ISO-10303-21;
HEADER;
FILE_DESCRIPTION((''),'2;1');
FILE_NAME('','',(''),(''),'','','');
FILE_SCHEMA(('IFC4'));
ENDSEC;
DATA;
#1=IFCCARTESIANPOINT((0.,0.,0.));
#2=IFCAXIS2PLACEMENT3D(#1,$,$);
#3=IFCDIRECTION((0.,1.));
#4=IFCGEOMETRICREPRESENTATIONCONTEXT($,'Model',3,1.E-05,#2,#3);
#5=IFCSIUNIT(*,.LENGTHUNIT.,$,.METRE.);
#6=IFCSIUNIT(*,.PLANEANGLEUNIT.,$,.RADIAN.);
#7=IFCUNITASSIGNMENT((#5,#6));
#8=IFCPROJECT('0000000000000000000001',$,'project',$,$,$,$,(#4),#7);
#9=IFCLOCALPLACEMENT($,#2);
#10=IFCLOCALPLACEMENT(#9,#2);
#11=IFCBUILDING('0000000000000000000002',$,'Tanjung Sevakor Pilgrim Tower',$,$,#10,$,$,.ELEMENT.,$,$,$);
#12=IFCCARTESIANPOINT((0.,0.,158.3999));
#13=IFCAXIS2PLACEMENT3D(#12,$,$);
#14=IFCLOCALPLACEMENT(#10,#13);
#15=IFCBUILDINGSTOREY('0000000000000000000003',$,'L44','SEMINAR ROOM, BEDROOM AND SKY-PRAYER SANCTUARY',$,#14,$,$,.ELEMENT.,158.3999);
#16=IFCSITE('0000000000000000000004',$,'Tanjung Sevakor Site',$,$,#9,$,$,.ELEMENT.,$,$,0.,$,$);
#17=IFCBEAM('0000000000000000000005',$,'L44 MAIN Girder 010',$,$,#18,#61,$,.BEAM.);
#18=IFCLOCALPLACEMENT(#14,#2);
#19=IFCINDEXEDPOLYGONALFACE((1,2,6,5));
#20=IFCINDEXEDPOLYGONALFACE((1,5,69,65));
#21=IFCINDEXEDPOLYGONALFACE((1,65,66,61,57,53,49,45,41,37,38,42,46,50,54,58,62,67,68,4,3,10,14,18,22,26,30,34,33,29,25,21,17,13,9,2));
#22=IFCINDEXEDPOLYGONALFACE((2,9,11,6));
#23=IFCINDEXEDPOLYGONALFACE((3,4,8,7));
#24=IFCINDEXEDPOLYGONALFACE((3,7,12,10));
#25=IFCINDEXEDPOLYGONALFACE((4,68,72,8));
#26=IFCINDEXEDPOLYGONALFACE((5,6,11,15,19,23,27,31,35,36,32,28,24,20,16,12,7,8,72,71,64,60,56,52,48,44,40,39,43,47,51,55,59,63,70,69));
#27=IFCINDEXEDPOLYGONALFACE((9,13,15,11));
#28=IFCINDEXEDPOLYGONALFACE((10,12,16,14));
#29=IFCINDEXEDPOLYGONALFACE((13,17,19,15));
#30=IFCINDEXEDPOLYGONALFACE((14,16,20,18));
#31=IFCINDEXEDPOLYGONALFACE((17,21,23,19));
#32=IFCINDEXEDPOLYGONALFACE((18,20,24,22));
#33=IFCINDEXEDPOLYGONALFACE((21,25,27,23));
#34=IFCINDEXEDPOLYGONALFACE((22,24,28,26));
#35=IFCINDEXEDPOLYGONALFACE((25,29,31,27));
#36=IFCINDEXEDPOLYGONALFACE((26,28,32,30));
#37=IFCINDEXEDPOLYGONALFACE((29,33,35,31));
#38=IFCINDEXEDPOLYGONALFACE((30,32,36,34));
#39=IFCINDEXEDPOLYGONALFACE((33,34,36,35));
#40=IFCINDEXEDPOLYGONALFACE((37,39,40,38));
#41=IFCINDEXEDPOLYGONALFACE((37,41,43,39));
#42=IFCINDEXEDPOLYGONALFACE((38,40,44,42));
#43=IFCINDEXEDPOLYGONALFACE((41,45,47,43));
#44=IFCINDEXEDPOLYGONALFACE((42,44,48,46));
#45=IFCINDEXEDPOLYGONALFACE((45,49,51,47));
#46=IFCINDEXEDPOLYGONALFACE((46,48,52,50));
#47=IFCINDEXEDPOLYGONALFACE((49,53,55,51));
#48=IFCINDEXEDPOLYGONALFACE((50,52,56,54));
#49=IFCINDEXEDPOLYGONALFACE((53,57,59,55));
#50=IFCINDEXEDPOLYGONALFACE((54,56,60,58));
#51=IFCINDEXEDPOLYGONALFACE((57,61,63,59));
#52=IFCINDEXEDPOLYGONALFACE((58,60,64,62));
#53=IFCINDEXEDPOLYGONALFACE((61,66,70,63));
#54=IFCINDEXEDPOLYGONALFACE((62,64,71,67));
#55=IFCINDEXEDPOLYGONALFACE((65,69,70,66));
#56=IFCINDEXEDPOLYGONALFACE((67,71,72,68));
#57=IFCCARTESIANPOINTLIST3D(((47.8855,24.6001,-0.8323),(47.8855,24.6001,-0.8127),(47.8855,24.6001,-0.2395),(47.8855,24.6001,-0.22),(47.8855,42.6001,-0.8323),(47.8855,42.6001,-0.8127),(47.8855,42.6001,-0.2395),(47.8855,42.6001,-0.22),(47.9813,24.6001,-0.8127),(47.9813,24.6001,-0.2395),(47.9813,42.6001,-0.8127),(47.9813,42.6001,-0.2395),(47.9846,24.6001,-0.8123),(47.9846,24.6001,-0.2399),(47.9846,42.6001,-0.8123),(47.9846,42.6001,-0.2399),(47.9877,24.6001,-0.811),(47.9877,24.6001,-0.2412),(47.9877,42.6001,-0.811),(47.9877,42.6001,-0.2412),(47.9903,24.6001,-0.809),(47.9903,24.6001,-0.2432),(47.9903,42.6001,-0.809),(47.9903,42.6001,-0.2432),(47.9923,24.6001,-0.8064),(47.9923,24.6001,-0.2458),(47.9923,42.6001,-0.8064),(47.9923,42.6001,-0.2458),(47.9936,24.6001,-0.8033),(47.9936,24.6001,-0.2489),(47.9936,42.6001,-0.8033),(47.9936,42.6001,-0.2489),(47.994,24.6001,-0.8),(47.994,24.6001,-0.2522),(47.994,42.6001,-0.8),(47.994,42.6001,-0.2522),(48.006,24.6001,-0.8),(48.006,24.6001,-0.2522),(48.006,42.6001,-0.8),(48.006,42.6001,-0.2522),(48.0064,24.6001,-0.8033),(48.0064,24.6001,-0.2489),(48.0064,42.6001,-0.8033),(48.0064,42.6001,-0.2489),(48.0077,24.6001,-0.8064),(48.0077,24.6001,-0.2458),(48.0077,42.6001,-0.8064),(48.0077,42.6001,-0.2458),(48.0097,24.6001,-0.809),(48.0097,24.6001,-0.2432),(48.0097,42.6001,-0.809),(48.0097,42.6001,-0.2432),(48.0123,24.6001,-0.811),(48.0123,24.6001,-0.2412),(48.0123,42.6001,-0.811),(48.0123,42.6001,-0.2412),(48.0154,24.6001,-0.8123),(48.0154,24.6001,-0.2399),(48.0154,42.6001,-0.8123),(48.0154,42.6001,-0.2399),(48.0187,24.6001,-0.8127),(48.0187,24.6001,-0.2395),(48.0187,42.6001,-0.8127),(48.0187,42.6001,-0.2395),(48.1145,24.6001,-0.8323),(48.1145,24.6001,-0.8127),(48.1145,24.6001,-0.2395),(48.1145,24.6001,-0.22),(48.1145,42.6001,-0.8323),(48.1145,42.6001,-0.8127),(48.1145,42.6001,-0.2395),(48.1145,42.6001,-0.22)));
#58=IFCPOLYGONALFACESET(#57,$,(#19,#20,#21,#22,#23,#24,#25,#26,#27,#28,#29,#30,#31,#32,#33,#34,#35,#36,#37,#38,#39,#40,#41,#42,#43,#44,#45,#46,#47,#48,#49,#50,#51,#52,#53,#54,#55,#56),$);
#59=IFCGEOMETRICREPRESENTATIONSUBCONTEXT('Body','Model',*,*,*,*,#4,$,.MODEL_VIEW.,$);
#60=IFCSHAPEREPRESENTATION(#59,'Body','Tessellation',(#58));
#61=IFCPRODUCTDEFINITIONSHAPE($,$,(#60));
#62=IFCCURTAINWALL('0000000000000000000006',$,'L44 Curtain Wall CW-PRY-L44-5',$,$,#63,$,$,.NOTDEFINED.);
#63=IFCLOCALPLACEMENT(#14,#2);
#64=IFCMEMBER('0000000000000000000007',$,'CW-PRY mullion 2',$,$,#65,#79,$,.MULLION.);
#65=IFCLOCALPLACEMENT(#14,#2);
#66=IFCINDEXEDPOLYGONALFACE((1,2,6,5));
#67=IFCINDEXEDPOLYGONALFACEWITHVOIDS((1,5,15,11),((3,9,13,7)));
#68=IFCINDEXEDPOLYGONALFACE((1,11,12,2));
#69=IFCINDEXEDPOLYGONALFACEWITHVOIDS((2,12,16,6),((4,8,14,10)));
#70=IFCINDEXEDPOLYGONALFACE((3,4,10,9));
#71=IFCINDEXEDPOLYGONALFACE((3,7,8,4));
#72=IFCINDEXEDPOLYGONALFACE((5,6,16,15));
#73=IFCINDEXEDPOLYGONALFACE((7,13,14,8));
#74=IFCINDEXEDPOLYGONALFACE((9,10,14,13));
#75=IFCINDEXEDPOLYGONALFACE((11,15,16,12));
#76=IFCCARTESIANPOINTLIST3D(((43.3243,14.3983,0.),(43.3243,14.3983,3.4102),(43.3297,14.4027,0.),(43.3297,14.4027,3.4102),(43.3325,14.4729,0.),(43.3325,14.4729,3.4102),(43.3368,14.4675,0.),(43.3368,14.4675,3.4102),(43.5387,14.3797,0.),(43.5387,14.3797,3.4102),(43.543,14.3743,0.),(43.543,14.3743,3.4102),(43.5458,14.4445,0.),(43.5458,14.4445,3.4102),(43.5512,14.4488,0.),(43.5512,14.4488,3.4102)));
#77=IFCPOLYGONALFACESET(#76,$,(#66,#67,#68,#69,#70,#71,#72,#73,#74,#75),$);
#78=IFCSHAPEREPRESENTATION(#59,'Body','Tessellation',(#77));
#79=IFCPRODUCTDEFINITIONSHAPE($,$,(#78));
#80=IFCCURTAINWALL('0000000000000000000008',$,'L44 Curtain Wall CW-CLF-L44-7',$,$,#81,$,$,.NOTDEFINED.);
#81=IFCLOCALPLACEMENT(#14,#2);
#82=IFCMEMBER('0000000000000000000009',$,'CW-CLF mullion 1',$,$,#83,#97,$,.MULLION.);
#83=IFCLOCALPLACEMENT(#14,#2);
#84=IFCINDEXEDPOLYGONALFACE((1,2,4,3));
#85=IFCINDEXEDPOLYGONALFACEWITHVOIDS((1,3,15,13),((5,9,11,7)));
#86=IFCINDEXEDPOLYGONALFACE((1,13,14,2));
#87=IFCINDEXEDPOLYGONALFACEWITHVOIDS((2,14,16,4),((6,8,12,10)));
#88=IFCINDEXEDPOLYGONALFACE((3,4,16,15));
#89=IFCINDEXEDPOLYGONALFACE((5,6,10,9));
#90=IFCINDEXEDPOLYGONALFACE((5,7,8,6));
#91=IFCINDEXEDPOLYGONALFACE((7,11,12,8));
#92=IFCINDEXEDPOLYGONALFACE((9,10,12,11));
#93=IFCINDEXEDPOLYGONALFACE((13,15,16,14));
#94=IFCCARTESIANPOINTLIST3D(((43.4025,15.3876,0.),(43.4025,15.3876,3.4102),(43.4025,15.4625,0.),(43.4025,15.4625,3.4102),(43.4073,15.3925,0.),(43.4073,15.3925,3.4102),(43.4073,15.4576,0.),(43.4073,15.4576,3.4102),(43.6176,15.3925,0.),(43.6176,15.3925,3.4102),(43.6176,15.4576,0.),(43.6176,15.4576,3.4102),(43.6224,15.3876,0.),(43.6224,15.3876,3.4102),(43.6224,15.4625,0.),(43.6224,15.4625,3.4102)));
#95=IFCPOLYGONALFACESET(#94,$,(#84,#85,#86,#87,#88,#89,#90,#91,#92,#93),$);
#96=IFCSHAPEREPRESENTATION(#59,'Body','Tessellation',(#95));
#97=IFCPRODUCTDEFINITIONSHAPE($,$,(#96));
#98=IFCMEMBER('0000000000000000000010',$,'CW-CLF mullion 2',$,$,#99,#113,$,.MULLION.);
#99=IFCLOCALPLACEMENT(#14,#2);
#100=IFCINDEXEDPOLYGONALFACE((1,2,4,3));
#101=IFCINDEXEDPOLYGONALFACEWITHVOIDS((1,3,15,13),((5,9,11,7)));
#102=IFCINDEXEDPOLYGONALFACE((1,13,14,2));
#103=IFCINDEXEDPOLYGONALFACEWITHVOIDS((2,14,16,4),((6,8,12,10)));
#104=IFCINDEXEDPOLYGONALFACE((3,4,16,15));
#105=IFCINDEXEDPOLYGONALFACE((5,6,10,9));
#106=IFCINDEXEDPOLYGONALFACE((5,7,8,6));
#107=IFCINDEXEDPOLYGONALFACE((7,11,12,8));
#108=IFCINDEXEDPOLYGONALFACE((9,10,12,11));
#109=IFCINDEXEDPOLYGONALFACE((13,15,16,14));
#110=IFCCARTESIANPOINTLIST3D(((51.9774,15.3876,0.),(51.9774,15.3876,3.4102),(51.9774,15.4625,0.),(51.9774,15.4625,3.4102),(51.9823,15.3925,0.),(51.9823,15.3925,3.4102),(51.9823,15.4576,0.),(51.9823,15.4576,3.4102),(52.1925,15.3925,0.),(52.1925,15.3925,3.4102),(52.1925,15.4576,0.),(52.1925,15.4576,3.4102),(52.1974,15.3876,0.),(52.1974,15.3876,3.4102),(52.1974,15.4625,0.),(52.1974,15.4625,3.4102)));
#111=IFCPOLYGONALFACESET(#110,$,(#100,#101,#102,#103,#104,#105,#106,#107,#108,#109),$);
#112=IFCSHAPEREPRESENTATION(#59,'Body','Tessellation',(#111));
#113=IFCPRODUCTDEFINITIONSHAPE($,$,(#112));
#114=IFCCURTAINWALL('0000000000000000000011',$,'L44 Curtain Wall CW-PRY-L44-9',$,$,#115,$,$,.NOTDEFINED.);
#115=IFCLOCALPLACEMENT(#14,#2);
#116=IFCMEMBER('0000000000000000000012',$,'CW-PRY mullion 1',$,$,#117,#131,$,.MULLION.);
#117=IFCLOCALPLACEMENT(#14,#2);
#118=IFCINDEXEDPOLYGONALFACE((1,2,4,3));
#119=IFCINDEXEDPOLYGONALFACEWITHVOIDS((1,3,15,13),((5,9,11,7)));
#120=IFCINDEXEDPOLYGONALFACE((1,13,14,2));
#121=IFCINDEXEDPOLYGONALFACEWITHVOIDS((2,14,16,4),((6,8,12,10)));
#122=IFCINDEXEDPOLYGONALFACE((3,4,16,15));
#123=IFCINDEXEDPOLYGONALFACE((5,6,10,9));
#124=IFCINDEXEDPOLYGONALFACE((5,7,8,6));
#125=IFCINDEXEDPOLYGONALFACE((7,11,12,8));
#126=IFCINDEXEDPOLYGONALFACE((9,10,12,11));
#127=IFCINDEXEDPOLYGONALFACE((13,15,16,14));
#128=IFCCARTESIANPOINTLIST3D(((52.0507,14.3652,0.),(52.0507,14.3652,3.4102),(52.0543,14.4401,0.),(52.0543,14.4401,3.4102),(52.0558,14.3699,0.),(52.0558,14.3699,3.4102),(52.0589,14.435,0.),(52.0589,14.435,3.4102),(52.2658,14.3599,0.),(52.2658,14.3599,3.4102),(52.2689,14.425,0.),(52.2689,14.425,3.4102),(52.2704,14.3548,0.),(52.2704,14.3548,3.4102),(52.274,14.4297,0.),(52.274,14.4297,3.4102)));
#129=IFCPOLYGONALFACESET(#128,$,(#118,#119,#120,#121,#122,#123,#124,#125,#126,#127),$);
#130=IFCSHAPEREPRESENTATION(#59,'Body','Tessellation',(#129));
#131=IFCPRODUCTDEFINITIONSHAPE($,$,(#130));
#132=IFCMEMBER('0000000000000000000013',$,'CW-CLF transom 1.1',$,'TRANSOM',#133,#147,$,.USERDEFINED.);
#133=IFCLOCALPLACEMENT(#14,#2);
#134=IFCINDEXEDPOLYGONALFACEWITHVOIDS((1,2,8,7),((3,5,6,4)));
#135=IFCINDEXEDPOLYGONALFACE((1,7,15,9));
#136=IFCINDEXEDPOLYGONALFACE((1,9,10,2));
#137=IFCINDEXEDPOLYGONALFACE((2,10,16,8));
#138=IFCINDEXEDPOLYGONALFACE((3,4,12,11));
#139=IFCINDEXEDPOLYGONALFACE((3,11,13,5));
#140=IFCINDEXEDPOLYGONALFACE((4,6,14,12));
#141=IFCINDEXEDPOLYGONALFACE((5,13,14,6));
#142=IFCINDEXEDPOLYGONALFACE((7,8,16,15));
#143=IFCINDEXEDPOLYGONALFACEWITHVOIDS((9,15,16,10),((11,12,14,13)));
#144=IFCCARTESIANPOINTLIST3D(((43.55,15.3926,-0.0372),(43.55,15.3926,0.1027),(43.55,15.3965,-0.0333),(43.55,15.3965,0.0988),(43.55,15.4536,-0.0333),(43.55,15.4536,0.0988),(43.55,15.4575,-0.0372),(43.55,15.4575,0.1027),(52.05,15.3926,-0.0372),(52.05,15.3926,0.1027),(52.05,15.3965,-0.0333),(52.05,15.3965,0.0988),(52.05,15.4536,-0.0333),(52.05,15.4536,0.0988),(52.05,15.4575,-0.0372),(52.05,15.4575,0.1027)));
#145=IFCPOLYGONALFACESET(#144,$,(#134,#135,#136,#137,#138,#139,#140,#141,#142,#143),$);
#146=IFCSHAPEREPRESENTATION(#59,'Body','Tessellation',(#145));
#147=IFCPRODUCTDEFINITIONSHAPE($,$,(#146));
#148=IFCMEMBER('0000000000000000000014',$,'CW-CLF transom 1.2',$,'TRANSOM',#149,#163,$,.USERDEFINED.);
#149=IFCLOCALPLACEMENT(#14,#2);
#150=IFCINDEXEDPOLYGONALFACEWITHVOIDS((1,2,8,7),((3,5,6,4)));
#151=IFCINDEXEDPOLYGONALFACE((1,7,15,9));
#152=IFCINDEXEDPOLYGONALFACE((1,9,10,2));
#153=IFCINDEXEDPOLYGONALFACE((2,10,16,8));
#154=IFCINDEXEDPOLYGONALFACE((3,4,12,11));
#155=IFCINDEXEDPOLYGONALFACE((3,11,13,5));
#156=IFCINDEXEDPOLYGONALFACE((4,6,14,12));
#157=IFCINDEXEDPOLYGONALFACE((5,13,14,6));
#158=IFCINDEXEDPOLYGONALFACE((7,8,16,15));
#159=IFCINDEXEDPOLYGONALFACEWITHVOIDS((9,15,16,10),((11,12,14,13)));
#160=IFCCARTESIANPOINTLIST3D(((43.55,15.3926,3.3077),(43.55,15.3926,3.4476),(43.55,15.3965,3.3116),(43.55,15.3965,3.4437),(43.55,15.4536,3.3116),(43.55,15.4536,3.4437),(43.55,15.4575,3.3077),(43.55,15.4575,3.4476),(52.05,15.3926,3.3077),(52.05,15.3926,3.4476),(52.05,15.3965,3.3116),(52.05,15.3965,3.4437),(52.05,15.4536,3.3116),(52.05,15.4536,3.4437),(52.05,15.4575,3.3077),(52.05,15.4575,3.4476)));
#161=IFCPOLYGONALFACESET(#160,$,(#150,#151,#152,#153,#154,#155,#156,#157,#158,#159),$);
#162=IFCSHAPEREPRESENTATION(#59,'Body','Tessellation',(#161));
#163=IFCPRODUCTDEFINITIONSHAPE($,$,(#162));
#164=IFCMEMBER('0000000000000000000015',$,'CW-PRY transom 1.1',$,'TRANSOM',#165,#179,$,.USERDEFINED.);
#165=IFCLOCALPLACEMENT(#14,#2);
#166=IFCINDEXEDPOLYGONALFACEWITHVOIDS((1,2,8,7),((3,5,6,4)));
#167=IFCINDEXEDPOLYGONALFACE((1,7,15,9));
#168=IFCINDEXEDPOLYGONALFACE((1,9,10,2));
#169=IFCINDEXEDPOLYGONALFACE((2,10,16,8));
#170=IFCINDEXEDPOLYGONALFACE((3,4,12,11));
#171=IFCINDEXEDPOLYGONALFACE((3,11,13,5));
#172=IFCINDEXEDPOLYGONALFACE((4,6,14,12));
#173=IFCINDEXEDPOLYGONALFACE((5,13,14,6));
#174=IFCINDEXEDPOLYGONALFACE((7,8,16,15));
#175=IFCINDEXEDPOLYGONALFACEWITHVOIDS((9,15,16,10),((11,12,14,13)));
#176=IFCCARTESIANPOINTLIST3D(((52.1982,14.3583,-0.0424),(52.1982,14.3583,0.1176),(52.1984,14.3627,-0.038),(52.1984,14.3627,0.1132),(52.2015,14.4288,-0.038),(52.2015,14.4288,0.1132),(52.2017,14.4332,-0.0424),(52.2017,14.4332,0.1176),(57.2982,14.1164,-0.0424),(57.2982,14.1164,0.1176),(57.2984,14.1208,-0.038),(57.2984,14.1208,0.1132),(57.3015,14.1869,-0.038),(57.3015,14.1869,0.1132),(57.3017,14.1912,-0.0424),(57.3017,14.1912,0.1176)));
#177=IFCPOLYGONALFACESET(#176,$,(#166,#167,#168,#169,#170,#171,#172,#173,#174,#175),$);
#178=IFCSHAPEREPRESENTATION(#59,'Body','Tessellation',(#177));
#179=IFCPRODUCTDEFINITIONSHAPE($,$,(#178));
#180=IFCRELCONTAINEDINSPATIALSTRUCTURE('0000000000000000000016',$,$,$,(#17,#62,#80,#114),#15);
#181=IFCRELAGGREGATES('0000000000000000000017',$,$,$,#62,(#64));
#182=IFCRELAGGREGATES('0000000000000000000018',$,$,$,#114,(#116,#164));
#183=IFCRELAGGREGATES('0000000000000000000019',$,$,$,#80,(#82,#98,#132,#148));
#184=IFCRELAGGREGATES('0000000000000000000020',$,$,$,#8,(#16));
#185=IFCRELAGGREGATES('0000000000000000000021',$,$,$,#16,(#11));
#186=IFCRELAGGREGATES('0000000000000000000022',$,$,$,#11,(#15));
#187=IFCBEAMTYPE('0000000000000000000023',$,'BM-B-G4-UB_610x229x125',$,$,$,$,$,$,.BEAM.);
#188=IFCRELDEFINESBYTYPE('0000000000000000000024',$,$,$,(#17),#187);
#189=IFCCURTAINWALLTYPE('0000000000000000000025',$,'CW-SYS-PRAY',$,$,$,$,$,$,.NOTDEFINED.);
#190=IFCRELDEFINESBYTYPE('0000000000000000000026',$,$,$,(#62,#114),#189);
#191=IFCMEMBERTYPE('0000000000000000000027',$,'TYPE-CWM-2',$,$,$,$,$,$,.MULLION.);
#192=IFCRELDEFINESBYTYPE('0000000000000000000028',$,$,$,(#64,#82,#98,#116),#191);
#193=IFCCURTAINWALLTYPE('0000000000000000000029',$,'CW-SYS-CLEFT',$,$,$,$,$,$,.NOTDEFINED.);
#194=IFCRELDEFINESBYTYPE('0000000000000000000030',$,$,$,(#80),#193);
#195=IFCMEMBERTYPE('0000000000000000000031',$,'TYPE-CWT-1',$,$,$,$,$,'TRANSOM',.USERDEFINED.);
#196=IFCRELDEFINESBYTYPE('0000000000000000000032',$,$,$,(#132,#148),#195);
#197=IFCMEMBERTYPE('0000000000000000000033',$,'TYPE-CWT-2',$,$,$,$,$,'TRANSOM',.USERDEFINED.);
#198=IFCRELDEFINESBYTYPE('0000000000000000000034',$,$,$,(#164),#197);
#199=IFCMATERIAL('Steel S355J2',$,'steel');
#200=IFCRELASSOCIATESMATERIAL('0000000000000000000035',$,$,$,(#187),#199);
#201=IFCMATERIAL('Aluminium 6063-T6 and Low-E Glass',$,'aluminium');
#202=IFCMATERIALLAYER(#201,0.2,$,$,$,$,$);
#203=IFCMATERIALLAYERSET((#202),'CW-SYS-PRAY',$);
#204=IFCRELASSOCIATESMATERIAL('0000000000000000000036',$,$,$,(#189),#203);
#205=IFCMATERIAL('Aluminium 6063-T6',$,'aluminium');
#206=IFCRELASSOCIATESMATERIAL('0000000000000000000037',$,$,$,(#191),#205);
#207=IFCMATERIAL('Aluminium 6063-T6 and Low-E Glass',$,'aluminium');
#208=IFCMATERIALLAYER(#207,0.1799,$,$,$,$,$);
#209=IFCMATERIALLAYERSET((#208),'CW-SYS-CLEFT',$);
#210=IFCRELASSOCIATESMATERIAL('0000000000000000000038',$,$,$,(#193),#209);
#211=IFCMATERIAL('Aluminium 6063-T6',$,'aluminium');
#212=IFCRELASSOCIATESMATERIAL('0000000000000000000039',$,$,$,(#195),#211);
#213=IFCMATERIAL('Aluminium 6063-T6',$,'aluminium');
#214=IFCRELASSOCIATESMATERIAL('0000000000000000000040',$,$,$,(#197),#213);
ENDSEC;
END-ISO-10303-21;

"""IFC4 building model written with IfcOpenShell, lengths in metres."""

from ifc_helpers import new_model, si_unit, direction, frame, origin, origin_2d, place, context, subcontext, project, spatial, hollow_rectangle, i_section, extrude, material, layer, layer_set, material_profile, profile_set, type_object, element, aggregate, save


model = new_model("IFC4")

# Units and contexts
model_context = context("Model", 3, precision=1e-05, world=origin(), true_north=direction((0.0, 1.0)))
body_context = subcontext(model_context, "Body", "Model", "MODEL_VIEW")
ifc_project = project(units=[si_unit("LENGTHUNIT", "METRE"), si_unit("PLANEANGLEUNIT", "RADIAN")], contexts=[model_context])

# Site, building, storey
site_placement = place(None, origin())
site = spatial("IfcSite", under=ifc_project, at=site_placement, Name="Tanjung Sevakor Site", CompositionType="ELEMENT", RefElevation=0.0)
building_placement = place(site_placement, origin())
building = spatial("IfcBuilding", under=site, at=building_placement, Name="Tanjung Sevakor Pilgrim Tower", CompositionType="ELEMENT")
storey_placement = place(building_placement, frame((0.0, 0.0, 158.3999)))
storey = spatial("IfcBuildingStorey", under=building, at=storey_placement, Name="L44", Description="SEMINAR ROOM, BEDROOM AND SKY-PRAYER SANCTUARY", CompositionType="ELEMENT", Elevation=158.3999)

# Beam
ifc_material_1 = material(Name="Steel S355J2", Category="steel")
ifc_material_profile_1 = material_profile(ifc_material_1, i_section(OverallWidth=0.229, OverallDepth=0.6123, WebThickness=0.012, FlangeThickness=0.0195, FilletRadius=0.0127, at=origin_2d()))
ifc_profile_set_1 = profile_set([ifc_material_profile_1], Name="Steel S355J2")
beam_type_1 = type_object("IfcBeamType", Name="BM-B-G4-UB_610x229x125", PredefinedType="BEAM", material=ifc_profile_set_1)
for number, where, z_axis, x_axis, name in (
    (1, (48.0, 24.6001, -0.5261), (0.0, 1.0, 0.0), (-1.0, 0.0, 0.0), "L44 MAIN Girder 010"),
):
    element("IfcBeam", number, at=place(storey_placement, frame(where, z_axis=z_axis, x_axis=x_axis)), inside=storey, type_object=beam_type_1, Name=name, PredefinedType="BEAM", context=body_context, shape_type="SweptSolid", body=[
        extrude(i_section(OverallWidth=0.229, OverallDepth=0.6123, WebThickness=0.012, FlangeThickness=0.0195, FilletRadius=0.0127, at=origin_2d()), origin(), (0.0, 0.0, 1.0), 18.0),
    ])

# Curtain wall, member
ifc_material_2 = material(Name="Aluminium 6063-T6 and Low-E Glass", Category="aluminium")
ifc_layer_1 = layer(ifc_material_2, 0.2)
ifc_layer_set_1 = layer_set([ifc_layer_1], Name="CW-SYS-PRAY")
curtain_wall_type_1 = type_object("IfcCurtainWallType", Name="CW-SYS-PRAY", PredefinedType="NOTDEFINED", material=ifc_layer_set_1)
curtain_wall_1_placement = place(storey_placement, origin())
curtain_wall_1 = element("IfcCurtainWall", 2, at=curtain_wall_1_placement, inside=storey, type_object=curtain_wall_type_1, Name="L44 Curtain Wall CW-PRY-L44-5", PredefinedType="NOTDEFINED")
ifc_material_3 = material(Name="Aluminium 6063-T6", Category="aluminium")
ifc_material_profile_2 = material_profile(ifc_material_3, hollow_rectangle(XDim=0.075, YDim=0.22, WallThickness=0.0049, at=origin_2d()))
ifc_profile_set_2 = profile_set([ifc_material_profile_2], Name="Aluminium 6063-T6")
member_type_1 = type_object("IfcMemberType", Name="TYPE-CWM-2", PredefinedType="MULLION", material=ifc_profile_set_2)
member_1_placement = place(storey_placement, frame((43.4377, 14.4236, 0.0), z_axis=(0.0, 0.0, 1.0), x_axis=(0.109241, 0.994015, 0.0)))
member_1 = element("IfcMember", 3, at=member_1_placement, type_object=member_type_1, Name="CW-PRY mullion 2", PredefinedType="MULLION", context=body_context, shape_type="SweptSolid", body=[
    extrude(hollow_rectangle(XDim=0.075, YDim=0.22, WallThickness=0.0049, at=origin_2d()), origin(), (0.0, 0.0, 1.0), 3.4102),
])
aggregate(curtain_wall_1, [member_1])

# Curtain wall, members
ifc_material_4 = material(Name="Aluminium 6063-T6 and Low-E Glass", Category="aluminium")
ifc_layer_2 = layer(ifc_material_4, 0.1799)
ifc_layer_set_2 = layer_set([ifc_layer_2], Name="CW-SYS-CLEFT")
curtain_wall_type_2 = type_object("IfcCurtainWallType", Name="CW-SYS-CLEFT", PredefinedType="NOTDEFINED", material=ifc_layer_set_2)
curtain_wall_2_placement = place(storey_placement, origin())
curtain_wall_2 = element("IfcCurtainWall", 4, at=curtain_wall_2_placement, inside=storey, type_object=curtain_wall_type_2, Name="L44 Curtain Wall CW-CLF-L44-7", PredefinedType="NOTDEFINED")
member_2_placement = place(storey_placement, frame((43.5125, 15.425, 0.0), z_axis=(0.0, 0.0, 1.0), x_axis=(0.0, 1.0, 0.0)))
member_2 = element("IfcMember", 5, at=member_2_placement, type_object=member_type_1, Name="CW-CLF mullion 1", PredefinedType="MULLION", context=body_context, shape_type="SweptSolid", body=[
    extrude(hollow_rectangle(XDim=0.075, YDim=0.22, WallThickness=0.0049, at=origin_2d()), origin(), (0.0, 0.0, 1.0), 3.4102),
])
member_3_placement = place(storey_placement, frame((52.0874, 15.425, 0.0), z_axis=(0.0, 0.0, 1.0), x_axis=(0.0, 1.0, 0.0)))
member_3 = element("IfcMember", 6, at=member_3_placement, type_object=member_type_1, Name="CW-CLF mullion 2", PredefinedType="MULLION", context=body_context, shape_type="SweptSolid", body=[
    extrude(hollow_rectangle(XDim=0.075, YDim=0.22, WallThickness=0.0049, at=origin_2d()), origin(), (0.0, 0.0, 1.0), 3.4102),
])

# Curtain wall, member
curtain_wall_3_placement = place(storey_placement, origin())
curtain_wall_3 = element("IfcCurtainWall", 7, at=curtain_wall_3_placement, inside=storey, type_object=curtain_wall_type_1, Name="L44 Curtain Wall CW-PRY-L44-9", PredefinedType="NOTDEFINED")
member_4_placement = place(storey_placement, frame((52.1624, 14.3975, 0.0), z_axis=(0.0, 0.0, 1.0), x_axis=(0.047343, 0.998879, 0.0)))
member_4 = element("IfcMember", 8, at=member_4_placement, type_object=member_type_1, Name="CW-PRY mullion 1", PredefinedType="MULLION", context=body_context, shape_type="SweptSolid", body=[
    extrude(hollow_rectangle(XDim=0.075, YDim=0.22, WallThickness=0.0049, at=origin_2d()), origin(), (0.0, 0.0, 1.0), 3.4102),
])

# Members
ifc_material_5 = material(Name="Aluminium 6063-T6", Category="aluminium")
ifc_material_profile_3 = material_profile(ifc_material_5, hollow_rectangle(XDim=0.0649, YDim=0.1399, WallThickness=0.0039, at=origin_2d()))
ifc_profile_set_3 = profile_set([ifc_material_profile_3], Name="Aluminium 6063-T6")
member_type_2 = type_object("IfcMemberType", Name="TYPE-CWT-1", ElementType="TRANSOM", PredefinedType="USERDEFINED", material=ifc_profile_set_3)
member_5_placement = place(storey_placement, frame((43.55, 15.425, 0.0327), z_axis=(1.0, 0.0, 0.0), x_axis=(0.0, 1.0, 0.0)))
member_5 = element("IfcMember", 9, at=member_5_placement, type_object=member_type_2, Name="CW-CLF transom 1.1", ObjectType="TRANSOM", PredefinedType="USERDEFINED", context=body_context, shape_type="SweptSolid", body=[
    extrude(hollow_rectangle(XDim=0.0649, YDim=0.1399, WallThickness=0.0039, at=origin_2d()), origin(), (0.0, 0.0, 1.0), 8.5),
])
member_6_placement = place(storey_placement, frame((43.55, 15.425, 3.3777), z_axis=(1.0, 0.0, 0.0), x_axis=(0.0, 1.0, 0.0)))
member_6 = element("IfcMember", 10, at=member_6_placement, type_object=member_type_2, Name="CW-CLF transom 1.2", ObjectType="TRANSOM", PredefinedType="USERDEFINED", context=body_context, shape_type="SweptSolid", body=[
    extrude(hollow_rectangle(XDim=0.0649, YDim=0.1399, WallThickness=0.0039, at=origin_2d()), origin(), (0.0, 0.0, 1.0), 8.5),
])
ifc_material_6 = material(Name="Aluminium 6063-T6", Category="aluminium")
ifc_material_profile_4 = material_profile(ifc_material_6, hollow_rectangle(XDim=0.075, YDim=0.1599, WallThickness=0.0044, at=origin_2d()))
ifc_profile_set_4 = profile_set([ifc_material_profile_4], Name="Aluminium 6063-T6")
member_type_3 = type_object("IfcMemberType", Name="TYPE-CWT-2", ElementType="TRANSOM", PredefinedType="USERDEFINED", material=ifc_profile_set_4)
member_7_placement = place(storey_placement, frame((52.2, 14.3958, 0.0376), z_axis=(0.998877, -0.047386, 0.0), x_axis=(0.047386, 0.998877, 0.0)))
member_7 = element("IfcMember", 11, at=member_7_placement, type_object=member_type_3, Name="CW-PRY transom 1.1", ObjectType="TRANSOM", PredefinedType="USERDEFINED", context=body_context, shape_type="SweptSolid", body=[
    extrude(hollow_rectangle(XDim=0.075, YDim=0.1599, WallThickness=0.0044, at=origin_2d()), origin(), (0.0, 0.0, 1.0), 5.1057),
])
aggregate(curtain_wall_3, [member_4, member_7])

aggregate(curtain_wall_2, [member_2, member_3, member_5, member_6])

save(model, "model.ifc")
